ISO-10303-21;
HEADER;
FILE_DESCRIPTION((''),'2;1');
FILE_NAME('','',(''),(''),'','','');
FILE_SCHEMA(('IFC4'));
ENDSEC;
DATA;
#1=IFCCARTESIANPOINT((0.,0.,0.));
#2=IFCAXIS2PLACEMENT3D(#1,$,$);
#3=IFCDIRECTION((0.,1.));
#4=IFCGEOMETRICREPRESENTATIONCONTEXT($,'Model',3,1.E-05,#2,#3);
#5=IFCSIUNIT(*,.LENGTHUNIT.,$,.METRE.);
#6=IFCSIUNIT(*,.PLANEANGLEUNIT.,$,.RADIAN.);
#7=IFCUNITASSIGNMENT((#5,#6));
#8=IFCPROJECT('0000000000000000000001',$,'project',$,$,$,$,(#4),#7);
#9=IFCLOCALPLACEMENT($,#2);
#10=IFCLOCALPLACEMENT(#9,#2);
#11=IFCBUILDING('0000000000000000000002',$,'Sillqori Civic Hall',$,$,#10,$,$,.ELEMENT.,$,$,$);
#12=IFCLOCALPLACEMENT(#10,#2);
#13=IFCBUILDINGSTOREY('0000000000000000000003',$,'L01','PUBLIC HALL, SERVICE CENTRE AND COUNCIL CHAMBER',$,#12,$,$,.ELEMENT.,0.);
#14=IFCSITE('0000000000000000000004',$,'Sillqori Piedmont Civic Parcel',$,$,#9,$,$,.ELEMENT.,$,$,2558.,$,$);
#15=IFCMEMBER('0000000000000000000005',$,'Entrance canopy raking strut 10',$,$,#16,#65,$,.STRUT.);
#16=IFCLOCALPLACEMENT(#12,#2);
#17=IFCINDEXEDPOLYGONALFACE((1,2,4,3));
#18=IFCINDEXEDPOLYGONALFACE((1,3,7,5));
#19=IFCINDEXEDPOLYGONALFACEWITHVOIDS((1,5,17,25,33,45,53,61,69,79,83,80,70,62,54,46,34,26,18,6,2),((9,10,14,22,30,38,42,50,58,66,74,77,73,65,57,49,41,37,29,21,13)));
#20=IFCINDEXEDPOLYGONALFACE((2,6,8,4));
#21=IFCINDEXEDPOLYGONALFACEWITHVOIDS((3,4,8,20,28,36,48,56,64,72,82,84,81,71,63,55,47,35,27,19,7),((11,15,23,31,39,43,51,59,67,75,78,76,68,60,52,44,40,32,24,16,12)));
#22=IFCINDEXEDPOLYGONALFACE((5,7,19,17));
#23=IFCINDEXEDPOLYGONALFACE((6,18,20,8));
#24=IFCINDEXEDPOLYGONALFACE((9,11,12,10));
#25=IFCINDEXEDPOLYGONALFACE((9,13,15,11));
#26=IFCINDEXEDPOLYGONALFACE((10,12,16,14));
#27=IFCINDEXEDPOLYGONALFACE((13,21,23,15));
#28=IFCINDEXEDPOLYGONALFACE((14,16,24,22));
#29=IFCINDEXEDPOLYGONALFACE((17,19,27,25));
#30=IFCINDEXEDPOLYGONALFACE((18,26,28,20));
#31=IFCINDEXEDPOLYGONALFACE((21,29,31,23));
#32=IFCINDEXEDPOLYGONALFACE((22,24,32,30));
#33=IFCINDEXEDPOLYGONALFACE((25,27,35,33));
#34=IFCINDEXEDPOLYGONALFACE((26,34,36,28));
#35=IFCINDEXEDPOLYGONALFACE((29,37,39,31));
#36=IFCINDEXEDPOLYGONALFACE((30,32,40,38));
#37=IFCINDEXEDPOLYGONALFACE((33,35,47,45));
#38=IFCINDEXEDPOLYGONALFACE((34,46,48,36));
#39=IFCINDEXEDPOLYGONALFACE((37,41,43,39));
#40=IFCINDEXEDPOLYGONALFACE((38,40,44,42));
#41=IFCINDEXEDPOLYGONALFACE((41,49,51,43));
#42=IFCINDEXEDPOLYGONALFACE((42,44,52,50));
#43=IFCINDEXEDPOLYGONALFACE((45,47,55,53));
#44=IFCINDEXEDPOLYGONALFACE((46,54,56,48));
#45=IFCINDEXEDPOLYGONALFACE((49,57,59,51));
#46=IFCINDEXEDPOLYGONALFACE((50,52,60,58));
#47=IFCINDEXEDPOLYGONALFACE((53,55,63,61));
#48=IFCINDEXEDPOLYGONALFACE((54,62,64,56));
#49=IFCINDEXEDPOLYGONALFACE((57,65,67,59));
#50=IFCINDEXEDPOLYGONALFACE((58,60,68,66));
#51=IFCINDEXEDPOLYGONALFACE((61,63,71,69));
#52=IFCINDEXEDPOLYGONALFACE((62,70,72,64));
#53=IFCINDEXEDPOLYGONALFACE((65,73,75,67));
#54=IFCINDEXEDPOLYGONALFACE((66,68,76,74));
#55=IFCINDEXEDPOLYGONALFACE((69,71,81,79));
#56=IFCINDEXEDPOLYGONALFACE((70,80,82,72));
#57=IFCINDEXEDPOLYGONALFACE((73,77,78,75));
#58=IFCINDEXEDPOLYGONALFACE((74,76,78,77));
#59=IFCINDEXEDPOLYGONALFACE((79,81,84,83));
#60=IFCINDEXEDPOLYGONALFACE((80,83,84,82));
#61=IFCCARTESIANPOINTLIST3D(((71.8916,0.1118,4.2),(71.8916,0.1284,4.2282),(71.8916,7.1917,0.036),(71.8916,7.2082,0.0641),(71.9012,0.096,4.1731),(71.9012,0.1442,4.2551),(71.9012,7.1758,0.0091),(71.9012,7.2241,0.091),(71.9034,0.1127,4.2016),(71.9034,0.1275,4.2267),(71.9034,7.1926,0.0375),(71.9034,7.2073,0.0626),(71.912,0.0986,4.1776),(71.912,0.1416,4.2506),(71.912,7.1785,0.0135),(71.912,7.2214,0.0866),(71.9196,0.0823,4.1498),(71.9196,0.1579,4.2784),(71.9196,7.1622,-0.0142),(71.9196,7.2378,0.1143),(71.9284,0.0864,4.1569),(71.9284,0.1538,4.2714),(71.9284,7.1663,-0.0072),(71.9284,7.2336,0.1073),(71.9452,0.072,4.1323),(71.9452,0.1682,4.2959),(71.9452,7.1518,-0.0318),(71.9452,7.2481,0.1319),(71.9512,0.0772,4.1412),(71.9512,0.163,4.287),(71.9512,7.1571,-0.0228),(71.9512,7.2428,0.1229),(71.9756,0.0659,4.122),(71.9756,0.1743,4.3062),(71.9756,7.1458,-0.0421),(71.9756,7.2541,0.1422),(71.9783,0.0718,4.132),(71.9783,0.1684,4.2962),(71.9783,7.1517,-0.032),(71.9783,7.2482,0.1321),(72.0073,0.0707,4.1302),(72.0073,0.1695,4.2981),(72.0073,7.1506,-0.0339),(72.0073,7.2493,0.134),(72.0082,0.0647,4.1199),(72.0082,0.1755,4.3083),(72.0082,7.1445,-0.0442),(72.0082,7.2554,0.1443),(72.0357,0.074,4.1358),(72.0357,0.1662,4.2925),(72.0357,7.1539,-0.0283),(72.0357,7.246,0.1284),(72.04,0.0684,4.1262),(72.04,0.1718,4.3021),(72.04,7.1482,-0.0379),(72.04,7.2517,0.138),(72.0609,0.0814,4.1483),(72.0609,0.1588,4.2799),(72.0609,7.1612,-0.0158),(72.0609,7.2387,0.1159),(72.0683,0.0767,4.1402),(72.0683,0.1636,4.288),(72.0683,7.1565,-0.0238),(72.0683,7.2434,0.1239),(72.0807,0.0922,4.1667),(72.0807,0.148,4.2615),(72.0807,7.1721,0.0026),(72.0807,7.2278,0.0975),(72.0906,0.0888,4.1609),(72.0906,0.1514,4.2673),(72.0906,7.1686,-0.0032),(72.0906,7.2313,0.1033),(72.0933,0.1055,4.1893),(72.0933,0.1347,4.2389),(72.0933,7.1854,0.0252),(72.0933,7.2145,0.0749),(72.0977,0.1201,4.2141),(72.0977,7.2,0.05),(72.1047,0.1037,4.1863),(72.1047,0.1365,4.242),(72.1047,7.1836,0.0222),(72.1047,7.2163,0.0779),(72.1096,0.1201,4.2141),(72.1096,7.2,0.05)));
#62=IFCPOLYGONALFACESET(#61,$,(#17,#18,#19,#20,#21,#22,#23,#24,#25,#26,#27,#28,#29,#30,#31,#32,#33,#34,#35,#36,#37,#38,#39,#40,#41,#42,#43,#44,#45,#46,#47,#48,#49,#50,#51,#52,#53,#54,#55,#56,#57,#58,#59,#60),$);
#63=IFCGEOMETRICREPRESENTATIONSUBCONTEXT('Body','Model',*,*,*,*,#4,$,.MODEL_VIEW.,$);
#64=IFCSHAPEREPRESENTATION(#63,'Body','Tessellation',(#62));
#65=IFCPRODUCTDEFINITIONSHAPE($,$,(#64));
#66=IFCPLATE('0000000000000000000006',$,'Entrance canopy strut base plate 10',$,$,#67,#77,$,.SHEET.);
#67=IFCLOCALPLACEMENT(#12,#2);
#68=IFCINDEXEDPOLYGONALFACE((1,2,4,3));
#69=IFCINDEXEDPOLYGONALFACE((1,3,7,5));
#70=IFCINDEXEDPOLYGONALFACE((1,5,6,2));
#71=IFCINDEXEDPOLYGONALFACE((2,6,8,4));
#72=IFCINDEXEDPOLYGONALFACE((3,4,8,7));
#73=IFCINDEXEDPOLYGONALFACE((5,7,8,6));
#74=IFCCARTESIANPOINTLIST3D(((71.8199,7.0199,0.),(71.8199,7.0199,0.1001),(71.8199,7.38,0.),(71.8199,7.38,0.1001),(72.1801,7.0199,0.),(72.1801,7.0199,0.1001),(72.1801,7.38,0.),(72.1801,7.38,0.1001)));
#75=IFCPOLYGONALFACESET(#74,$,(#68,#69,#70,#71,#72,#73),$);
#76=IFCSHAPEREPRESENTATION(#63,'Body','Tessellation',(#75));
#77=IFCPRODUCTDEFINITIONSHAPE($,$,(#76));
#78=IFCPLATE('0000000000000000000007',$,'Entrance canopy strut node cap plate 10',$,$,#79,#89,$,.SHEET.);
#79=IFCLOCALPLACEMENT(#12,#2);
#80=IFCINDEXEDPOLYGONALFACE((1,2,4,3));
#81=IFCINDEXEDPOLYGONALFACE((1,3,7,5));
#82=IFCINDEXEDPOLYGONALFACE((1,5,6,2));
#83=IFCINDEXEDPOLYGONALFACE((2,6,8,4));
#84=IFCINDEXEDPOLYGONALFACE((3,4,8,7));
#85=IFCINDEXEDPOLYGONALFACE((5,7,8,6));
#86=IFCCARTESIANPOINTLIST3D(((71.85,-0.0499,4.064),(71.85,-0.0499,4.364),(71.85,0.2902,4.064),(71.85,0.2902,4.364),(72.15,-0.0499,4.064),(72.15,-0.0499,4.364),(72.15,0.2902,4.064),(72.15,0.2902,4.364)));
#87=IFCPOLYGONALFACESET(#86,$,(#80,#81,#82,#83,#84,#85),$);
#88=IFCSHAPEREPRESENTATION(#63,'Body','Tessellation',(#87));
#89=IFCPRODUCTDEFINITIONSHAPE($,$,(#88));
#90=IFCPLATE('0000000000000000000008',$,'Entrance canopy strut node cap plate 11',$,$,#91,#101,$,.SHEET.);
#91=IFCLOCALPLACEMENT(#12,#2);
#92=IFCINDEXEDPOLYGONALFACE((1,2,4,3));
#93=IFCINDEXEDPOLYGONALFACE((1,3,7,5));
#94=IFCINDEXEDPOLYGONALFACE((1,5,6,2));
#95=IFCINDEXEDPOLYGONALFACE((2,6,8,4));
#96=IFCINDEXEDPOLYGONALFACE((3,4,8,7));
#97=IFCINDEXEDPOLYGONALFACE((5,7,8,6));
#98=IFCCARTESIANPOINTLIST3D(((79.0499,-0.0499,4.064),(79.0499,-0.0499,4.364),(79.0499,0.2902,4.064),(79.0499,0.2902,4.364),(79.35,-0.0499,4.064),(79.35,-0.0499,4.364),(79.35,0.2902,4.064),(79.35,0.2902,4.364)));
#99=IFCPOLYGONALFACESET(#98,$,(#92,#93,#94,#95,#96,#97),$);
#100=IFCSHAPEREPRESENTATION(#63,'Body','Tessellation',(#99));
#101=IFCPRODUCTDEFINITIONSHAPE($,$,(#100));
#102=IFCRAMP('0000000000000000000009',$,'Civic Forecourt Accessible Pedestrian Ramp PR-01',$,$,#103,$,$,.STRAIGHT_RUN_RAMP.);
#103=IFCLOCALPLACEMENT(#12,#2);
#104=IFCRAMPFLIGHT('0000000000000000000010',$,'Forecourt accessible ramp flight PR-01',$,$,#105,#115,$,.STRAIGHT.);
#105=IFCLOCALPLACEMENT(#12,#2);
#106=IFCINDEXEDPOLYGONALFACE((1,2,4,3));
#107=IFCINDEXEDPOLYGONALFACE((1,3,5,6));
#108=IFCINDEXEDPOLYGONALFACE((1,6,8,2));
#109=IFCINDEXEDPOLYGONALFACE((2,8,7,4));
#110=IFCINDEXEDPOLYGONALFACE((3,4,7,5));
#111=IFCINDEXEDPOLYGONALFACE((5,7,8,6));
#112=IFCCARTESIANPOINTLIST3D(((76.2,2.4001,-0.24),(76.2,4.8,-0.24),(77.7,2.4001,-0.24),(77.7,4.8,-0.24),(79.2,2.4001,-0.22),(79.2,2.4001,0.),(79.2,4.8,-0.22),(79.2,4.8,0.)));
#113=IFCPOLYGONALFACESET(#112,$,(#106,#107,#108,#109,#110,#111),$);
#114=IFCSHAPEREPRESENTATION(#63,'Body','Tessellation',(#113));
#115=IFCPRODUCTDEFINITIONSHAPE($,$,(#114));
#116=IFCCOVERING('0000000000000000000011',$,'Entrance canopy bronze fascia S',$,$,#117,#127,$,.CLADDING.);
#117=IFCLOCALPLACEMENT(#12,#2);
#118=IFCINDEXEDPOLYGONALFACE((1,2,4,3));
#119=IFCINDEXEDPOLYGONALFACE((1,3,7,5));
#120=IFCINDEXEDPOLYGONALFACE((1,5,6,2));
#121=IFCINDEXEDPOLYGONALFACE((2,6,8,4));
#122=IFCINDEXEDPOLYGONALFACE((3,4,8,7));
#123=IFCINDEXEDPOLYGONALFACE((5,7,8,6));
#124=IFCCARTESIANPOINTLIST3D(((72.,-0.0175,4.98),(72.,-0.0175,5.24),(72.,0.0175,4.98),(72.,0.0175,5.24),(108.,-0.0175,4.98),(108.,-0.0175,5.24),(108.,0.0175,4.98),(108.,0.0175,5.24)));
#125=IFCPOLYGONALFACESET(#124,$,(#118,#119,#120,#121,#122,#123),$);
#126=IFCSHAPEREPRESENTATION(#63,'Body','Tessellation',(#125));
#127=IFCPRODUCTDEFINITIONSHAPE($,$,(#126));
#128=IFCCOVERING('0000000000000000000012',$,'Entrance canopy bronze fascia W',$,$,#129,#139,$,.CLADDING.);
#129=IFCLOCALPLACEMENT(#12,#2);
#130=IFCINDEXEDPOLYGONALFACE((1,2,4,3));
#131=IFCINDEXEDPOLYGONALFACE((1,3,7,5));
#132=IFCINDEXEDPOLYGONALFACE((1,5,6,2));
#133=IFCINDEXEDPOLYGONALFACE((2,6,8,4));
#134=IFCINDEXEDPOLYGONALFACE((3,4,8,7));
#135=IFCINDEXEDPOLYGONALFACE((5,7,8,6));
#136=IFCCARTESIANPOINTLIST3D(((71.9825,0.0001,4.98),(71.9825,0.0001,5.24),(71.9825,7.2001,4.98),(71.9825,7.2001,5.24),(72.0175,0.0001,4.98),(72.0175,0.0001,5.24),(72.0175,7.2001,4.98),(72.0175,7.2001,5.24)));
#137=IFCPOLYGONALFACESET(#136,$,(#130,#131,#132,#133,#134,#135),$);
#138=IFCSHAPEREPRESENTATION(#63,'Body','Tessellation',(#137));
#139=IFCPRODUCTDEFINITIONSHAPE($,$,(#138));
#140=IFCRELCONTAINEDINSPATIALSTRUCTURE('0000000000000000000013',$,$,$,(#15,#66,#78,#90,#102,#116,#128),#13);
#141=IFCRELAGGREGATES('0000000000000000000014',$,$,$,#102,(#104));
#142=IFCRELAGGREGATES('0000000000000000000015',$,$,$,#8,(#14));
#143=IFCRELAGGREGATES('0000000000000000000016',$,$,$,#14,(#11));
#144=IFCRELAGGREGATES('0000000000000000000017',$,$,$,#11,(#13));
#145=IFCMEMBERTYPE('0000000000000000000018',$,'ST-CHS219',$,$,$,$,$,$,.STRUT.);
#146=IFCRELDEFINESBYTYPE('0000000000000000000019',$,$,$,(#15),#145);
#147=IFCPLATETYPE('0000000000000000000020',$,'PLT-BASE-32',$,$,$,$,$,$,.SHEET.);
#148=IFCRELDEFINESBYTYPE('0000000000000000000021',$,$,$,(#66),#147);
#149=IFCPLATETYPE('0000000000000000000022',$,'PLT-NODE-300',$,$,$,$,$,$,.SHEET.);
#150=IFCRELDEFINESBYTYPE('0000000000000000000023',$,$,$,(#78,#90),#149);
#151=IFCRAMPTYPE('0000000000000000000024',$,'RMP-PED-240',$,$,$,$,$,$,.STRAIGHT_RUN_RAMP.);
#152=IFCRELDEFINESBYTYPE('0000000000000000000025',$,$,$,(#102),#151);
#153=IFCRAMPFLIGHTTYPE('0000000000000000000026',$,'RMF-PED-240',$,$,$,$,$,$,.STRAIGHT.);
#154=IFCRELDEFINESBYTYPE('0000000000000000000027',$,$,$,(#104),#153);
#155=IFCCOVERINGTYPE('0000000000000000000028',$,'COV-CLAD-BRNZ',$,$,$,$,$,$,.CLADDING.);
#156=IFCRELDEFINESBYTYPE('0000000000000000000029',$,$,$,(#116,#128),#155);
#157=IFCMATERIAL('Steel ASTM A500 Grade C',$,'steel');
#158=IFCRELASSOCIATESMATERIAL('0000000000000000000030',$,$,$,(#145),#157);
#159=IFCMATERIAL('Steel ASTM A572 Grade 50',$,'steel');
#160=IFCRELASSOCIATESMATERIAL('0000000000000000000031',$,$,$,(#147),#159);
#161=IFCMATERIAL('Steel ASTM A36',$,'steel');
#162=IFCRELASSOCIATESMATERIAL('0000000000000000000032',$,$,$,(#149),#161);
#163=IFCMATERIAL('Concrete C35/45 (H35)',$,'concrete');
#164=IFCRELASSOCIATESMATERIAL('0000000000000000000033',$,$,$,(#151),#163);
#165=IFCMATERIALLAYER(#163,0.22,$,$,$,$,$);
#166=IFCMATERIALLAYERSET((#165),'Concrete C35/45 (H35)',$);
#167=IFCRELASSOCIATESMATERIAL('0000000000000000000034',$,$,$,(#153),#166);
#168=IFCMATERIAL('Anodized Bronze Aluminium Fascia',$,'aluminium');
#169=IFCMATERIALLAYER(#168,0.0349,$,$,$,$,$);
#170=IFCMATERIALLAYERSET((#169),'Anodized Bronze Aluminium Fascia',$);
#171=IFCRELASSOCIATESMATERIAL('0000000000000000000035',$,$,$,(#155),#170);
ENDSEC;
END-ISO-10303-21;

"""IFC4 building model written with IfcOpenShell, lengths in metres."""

from ifc_helpers import new_model, si_unit, direction, frame, frame_2d, origin, origin_2d, place, context, subcontext, project, spatial, polyline, rectangle, hollow_circle, outline, extrude, material, layer, layer_set, material_profile, profile_set, type_object, element, aggregate, save


model = new_model("IFC4")

# Units and contexts
model_context = context("Model", 3, precision=1e-05, world=origin(), true_north=direction((0.0, 1.0)))
body_context = subcontext(model_context, "Body", "Model", "MODEL_VIEW")
ifc_project = project(units=[si_unit("LENGTHUNIT", "METRE"), si_unit("PLANEANGLEUNIT", "RADIAN")], contexts=[model_context])

# Site, building, storey
site_placement = place(None, origin())
site = spatial("IfcSite", under=ifc_project, at=site_placement, Name="Sillqori Piedmont Civic Parcel", CompositionType="ELEMENT", RefElevation=2558.0)
building_placement = place(site_placement, origin())
building = spatial("IfcBuilding", under=site, at=building_placement, Name="Sillqori Civic Hall", CompositionType="ELEMENT")
storey_placement = place(building_placement, origin())
storey = spatial("IfcBuildingStorey", under=building, at=storey_placement, Name="L01", Description="PUBLIC HALL, SERVICE CENTRE AND COUNCIL CHAMBER", CompositionType="ELEMENT", Elevation=0.0)

# Shared definitions
ifc_material_1 = material(Name="Concrete C35/45 (H35)", Category="concrete")

# Member
ifc_material_2 = material(Name="Steel ASTM A500 Grade C", Category="steel")
ifc_material_profile_1 = material_profile(ifc_material_2, hollow_circle(Radius=0.1096, WallThickness=0.012, at=origin_2d()), Name="CHS219X12")
ifc_profile_set_1 = profile_set([ifc_material_profile_1], Name="Steel ASTM A500 Grade C")
member_type_1 = type_object("IfcMemberType", Name="ST-CHS219", PredefinedType="STRUT", material=ifc_profile_set_1)
member_1_placement = place(storey_placement, frame((72.0, 7.2, 0.05), z_axis=(0.0, -0.861963, 0.506971), x_axis=(1.0, 0.0, 0.0)))
element("IfcMember", 1, at=member_1_placement, inside=storey, type_object=member_type_1, Name="Entrance canopy raking strut 10", PredefinedType="STRUT", context=body_context, shape_type="SweptSolid", body=[
    extrude(hollow_circle(Radius=0.1096, WallThickness=0.012, at=origin_2d()), origin(), (0.0, 0.0, 1.0), 8.2136),
])

# Plates
ifc_material_3 = material(Name="Steel ASTM A572 Grade 50", Category="steel")
plate_type_1 = type_object("IfcPlateType", Name="PLT-BASE-32", PredefinedType="SHEET", material=ifc_material_3)
plate_1_placement = place(storey_placement, frame((72.0, 7.2, 0.0), z_axis=(0.0, 0.0, 1.0), x_axis=(1.0, 0.0, 0.0)))
element("IfcPlate", 2, at=plate_1_placement, inside=storey, type_object=plate_type_1, Name="Entrance canopy strut base plate 10", PredefinedType="SHEET", context=body_context, shape_type="SweptSolid", body=[
    extrude(rectangle(XDim=0.3601, YDim=0.3601, at=origin_2d()), origin(), (0.0, 0.0, 1.0), 0.1001),
])
ifc_material_4 = material(Name="Steel ASTM A36", Category="steel")
plate_type_2 = type_object("IfcPlateType", Name="PLT-NODE-300", PredefinedType="SHEET", material=ifc_material_4)
for number, where, z_axis, x_axis, name in (
    (3, (72.0, 0.1201, 4.064), (0.0, 0.0, 1.0), (1.0, 0.0, 0.0), "Entrance canopy strut node cap plate 10"),
    (4, (79.2, 0.1201, 4.064), (0.0, 0.0, 1.0), (1.0, 0.0, 0.0), "Entrance canopy strut node cap plate 11"),
):
    element("IfcPlate", number, at=place(storey_placement, frame(where, z_axis=z_axis, x_axis=x_axis)), inside=storey, type_object=plate_type_2, Name=name, PredefinedType="SHEET", context=body_context, shape_type="SweptSolid", body=[
        extrude(rectangle(XDim=0.3, YDim=0.3401, at=origin_2d()), origin(), (0.0, 0.0, 1.0), 0.3),
    ])

# Ramp, ramp flight
ramp_type = type_object("IfcRampType", Name="RMP-PED-240", PredefinedType="STRAIGHT_RUN_RAMP", material=ifc_material_1)
ramp_placement = place(storey_placement, origin())
ramp = element("IfcRamp", 5, at=ramp_placement, inside=storey, type_object=ramp_type, Name="Civic Forecourt Accessible Pedestrian Ramp PR-01", PredefinedType="STRAIGHT_RUN_RAMP")
ifc_layer_1 = layer(ifc_material_1, 0.22)
ifc_layer_set_1 = layer_set([ifc_layer_1], Name="Concrete C35/45 (H35)")
ramp_flight_type = type_object("IfcRampFlightType", Name="RMF-PED-240", PredefinedType="STRAIGHT", material=ifc_layer_set_1)
ramp_flight_placement = place(storey_placement, frame((76.2, 3.6001, -0.24), z_axis=(0.0, 0.0, 1.0), x_axis=(1.0, 0.0, 0.0)))
ramp_flight = element("IfcRampFlight", 6, at=ramp_flight_placement, type_object=ramp_flight_type, Name="Forecourt accessible ramp flight PR-01", PredefinedType="STRAIGHT", context=body_context, shape_type="SweptSolid", body=[
    extrude(outline(polyline([(0.0, 0.0), (3.0, 0.24), (3.0, 0.02), (1.5, 0.0), (0.0, 0.0)])), frame((0.0, 1.2, 0.0), z_axis=(0.0, -1.0, 0.0), x_axis=(1.0, 0.0, 0.0)), (0.0, 0.0, 1.0), 2.3999),
])
aggregate(ramp, [ramp_flight])

# Coverings
ifc_material_5 = material(Name="Anodized Bronze Aluminium Fascia", Category="aluminium")
ifc_layer_2 = layer(ifc_material_5, 0.0349)
ifc_layer_set_2 = layer_set([ifc_layer_2], Name="Anodized Bronze Aluminium Fascia")
covering_type = type_object("IfcCoveringType", Name="COV-CLAD-BRNZ", PredefinedType="CLADDING", material=ifc_layer_set_2)
covering_1_placement = place(storey_placement, frame((72.0, 0.0, 4.98), z_axis=(0.0, 0.0, 1.0), x_axis=(1.0, 0.0, 0.0)))
element("IfcCovering", 7, at=covering_1_placement, inside=storey, type_object=covering_type, Name="Entrance canopy bronze fascia S", PredefinedType="CLADDING", context=body_context, shape_type="SweptSolid", body=[
    extrude(rectangle(XDim=36.0, YDim=0.0349, at=frame_2d((18.0, 0.0))), origin(), (0.0, 0.0, 1.0), 0.26),
])
covering_2_placement = place(storey_placement, frame((72.0, 0.0, 4.98), z_axis=(0.0, 0.0, 1.0), x_axis=(0.0, 1.0, 0.0)))
element("IfcCovering", 8, at=covering_2_placement, inside=storey, type_object=covering_type, Name="Entrance canopy bronze fascia W", PredefinedType="CLADDING", context=body_context, shape_type="SweptSolid", body=[
    extrude(rectangle(XDim=7.2, YDim=0.0349, at=frame_2d((3.6001, 0.0))), origin(), (0.0, 0.0, 1.0), 0.26),
])

save(model, "model.ifc")
